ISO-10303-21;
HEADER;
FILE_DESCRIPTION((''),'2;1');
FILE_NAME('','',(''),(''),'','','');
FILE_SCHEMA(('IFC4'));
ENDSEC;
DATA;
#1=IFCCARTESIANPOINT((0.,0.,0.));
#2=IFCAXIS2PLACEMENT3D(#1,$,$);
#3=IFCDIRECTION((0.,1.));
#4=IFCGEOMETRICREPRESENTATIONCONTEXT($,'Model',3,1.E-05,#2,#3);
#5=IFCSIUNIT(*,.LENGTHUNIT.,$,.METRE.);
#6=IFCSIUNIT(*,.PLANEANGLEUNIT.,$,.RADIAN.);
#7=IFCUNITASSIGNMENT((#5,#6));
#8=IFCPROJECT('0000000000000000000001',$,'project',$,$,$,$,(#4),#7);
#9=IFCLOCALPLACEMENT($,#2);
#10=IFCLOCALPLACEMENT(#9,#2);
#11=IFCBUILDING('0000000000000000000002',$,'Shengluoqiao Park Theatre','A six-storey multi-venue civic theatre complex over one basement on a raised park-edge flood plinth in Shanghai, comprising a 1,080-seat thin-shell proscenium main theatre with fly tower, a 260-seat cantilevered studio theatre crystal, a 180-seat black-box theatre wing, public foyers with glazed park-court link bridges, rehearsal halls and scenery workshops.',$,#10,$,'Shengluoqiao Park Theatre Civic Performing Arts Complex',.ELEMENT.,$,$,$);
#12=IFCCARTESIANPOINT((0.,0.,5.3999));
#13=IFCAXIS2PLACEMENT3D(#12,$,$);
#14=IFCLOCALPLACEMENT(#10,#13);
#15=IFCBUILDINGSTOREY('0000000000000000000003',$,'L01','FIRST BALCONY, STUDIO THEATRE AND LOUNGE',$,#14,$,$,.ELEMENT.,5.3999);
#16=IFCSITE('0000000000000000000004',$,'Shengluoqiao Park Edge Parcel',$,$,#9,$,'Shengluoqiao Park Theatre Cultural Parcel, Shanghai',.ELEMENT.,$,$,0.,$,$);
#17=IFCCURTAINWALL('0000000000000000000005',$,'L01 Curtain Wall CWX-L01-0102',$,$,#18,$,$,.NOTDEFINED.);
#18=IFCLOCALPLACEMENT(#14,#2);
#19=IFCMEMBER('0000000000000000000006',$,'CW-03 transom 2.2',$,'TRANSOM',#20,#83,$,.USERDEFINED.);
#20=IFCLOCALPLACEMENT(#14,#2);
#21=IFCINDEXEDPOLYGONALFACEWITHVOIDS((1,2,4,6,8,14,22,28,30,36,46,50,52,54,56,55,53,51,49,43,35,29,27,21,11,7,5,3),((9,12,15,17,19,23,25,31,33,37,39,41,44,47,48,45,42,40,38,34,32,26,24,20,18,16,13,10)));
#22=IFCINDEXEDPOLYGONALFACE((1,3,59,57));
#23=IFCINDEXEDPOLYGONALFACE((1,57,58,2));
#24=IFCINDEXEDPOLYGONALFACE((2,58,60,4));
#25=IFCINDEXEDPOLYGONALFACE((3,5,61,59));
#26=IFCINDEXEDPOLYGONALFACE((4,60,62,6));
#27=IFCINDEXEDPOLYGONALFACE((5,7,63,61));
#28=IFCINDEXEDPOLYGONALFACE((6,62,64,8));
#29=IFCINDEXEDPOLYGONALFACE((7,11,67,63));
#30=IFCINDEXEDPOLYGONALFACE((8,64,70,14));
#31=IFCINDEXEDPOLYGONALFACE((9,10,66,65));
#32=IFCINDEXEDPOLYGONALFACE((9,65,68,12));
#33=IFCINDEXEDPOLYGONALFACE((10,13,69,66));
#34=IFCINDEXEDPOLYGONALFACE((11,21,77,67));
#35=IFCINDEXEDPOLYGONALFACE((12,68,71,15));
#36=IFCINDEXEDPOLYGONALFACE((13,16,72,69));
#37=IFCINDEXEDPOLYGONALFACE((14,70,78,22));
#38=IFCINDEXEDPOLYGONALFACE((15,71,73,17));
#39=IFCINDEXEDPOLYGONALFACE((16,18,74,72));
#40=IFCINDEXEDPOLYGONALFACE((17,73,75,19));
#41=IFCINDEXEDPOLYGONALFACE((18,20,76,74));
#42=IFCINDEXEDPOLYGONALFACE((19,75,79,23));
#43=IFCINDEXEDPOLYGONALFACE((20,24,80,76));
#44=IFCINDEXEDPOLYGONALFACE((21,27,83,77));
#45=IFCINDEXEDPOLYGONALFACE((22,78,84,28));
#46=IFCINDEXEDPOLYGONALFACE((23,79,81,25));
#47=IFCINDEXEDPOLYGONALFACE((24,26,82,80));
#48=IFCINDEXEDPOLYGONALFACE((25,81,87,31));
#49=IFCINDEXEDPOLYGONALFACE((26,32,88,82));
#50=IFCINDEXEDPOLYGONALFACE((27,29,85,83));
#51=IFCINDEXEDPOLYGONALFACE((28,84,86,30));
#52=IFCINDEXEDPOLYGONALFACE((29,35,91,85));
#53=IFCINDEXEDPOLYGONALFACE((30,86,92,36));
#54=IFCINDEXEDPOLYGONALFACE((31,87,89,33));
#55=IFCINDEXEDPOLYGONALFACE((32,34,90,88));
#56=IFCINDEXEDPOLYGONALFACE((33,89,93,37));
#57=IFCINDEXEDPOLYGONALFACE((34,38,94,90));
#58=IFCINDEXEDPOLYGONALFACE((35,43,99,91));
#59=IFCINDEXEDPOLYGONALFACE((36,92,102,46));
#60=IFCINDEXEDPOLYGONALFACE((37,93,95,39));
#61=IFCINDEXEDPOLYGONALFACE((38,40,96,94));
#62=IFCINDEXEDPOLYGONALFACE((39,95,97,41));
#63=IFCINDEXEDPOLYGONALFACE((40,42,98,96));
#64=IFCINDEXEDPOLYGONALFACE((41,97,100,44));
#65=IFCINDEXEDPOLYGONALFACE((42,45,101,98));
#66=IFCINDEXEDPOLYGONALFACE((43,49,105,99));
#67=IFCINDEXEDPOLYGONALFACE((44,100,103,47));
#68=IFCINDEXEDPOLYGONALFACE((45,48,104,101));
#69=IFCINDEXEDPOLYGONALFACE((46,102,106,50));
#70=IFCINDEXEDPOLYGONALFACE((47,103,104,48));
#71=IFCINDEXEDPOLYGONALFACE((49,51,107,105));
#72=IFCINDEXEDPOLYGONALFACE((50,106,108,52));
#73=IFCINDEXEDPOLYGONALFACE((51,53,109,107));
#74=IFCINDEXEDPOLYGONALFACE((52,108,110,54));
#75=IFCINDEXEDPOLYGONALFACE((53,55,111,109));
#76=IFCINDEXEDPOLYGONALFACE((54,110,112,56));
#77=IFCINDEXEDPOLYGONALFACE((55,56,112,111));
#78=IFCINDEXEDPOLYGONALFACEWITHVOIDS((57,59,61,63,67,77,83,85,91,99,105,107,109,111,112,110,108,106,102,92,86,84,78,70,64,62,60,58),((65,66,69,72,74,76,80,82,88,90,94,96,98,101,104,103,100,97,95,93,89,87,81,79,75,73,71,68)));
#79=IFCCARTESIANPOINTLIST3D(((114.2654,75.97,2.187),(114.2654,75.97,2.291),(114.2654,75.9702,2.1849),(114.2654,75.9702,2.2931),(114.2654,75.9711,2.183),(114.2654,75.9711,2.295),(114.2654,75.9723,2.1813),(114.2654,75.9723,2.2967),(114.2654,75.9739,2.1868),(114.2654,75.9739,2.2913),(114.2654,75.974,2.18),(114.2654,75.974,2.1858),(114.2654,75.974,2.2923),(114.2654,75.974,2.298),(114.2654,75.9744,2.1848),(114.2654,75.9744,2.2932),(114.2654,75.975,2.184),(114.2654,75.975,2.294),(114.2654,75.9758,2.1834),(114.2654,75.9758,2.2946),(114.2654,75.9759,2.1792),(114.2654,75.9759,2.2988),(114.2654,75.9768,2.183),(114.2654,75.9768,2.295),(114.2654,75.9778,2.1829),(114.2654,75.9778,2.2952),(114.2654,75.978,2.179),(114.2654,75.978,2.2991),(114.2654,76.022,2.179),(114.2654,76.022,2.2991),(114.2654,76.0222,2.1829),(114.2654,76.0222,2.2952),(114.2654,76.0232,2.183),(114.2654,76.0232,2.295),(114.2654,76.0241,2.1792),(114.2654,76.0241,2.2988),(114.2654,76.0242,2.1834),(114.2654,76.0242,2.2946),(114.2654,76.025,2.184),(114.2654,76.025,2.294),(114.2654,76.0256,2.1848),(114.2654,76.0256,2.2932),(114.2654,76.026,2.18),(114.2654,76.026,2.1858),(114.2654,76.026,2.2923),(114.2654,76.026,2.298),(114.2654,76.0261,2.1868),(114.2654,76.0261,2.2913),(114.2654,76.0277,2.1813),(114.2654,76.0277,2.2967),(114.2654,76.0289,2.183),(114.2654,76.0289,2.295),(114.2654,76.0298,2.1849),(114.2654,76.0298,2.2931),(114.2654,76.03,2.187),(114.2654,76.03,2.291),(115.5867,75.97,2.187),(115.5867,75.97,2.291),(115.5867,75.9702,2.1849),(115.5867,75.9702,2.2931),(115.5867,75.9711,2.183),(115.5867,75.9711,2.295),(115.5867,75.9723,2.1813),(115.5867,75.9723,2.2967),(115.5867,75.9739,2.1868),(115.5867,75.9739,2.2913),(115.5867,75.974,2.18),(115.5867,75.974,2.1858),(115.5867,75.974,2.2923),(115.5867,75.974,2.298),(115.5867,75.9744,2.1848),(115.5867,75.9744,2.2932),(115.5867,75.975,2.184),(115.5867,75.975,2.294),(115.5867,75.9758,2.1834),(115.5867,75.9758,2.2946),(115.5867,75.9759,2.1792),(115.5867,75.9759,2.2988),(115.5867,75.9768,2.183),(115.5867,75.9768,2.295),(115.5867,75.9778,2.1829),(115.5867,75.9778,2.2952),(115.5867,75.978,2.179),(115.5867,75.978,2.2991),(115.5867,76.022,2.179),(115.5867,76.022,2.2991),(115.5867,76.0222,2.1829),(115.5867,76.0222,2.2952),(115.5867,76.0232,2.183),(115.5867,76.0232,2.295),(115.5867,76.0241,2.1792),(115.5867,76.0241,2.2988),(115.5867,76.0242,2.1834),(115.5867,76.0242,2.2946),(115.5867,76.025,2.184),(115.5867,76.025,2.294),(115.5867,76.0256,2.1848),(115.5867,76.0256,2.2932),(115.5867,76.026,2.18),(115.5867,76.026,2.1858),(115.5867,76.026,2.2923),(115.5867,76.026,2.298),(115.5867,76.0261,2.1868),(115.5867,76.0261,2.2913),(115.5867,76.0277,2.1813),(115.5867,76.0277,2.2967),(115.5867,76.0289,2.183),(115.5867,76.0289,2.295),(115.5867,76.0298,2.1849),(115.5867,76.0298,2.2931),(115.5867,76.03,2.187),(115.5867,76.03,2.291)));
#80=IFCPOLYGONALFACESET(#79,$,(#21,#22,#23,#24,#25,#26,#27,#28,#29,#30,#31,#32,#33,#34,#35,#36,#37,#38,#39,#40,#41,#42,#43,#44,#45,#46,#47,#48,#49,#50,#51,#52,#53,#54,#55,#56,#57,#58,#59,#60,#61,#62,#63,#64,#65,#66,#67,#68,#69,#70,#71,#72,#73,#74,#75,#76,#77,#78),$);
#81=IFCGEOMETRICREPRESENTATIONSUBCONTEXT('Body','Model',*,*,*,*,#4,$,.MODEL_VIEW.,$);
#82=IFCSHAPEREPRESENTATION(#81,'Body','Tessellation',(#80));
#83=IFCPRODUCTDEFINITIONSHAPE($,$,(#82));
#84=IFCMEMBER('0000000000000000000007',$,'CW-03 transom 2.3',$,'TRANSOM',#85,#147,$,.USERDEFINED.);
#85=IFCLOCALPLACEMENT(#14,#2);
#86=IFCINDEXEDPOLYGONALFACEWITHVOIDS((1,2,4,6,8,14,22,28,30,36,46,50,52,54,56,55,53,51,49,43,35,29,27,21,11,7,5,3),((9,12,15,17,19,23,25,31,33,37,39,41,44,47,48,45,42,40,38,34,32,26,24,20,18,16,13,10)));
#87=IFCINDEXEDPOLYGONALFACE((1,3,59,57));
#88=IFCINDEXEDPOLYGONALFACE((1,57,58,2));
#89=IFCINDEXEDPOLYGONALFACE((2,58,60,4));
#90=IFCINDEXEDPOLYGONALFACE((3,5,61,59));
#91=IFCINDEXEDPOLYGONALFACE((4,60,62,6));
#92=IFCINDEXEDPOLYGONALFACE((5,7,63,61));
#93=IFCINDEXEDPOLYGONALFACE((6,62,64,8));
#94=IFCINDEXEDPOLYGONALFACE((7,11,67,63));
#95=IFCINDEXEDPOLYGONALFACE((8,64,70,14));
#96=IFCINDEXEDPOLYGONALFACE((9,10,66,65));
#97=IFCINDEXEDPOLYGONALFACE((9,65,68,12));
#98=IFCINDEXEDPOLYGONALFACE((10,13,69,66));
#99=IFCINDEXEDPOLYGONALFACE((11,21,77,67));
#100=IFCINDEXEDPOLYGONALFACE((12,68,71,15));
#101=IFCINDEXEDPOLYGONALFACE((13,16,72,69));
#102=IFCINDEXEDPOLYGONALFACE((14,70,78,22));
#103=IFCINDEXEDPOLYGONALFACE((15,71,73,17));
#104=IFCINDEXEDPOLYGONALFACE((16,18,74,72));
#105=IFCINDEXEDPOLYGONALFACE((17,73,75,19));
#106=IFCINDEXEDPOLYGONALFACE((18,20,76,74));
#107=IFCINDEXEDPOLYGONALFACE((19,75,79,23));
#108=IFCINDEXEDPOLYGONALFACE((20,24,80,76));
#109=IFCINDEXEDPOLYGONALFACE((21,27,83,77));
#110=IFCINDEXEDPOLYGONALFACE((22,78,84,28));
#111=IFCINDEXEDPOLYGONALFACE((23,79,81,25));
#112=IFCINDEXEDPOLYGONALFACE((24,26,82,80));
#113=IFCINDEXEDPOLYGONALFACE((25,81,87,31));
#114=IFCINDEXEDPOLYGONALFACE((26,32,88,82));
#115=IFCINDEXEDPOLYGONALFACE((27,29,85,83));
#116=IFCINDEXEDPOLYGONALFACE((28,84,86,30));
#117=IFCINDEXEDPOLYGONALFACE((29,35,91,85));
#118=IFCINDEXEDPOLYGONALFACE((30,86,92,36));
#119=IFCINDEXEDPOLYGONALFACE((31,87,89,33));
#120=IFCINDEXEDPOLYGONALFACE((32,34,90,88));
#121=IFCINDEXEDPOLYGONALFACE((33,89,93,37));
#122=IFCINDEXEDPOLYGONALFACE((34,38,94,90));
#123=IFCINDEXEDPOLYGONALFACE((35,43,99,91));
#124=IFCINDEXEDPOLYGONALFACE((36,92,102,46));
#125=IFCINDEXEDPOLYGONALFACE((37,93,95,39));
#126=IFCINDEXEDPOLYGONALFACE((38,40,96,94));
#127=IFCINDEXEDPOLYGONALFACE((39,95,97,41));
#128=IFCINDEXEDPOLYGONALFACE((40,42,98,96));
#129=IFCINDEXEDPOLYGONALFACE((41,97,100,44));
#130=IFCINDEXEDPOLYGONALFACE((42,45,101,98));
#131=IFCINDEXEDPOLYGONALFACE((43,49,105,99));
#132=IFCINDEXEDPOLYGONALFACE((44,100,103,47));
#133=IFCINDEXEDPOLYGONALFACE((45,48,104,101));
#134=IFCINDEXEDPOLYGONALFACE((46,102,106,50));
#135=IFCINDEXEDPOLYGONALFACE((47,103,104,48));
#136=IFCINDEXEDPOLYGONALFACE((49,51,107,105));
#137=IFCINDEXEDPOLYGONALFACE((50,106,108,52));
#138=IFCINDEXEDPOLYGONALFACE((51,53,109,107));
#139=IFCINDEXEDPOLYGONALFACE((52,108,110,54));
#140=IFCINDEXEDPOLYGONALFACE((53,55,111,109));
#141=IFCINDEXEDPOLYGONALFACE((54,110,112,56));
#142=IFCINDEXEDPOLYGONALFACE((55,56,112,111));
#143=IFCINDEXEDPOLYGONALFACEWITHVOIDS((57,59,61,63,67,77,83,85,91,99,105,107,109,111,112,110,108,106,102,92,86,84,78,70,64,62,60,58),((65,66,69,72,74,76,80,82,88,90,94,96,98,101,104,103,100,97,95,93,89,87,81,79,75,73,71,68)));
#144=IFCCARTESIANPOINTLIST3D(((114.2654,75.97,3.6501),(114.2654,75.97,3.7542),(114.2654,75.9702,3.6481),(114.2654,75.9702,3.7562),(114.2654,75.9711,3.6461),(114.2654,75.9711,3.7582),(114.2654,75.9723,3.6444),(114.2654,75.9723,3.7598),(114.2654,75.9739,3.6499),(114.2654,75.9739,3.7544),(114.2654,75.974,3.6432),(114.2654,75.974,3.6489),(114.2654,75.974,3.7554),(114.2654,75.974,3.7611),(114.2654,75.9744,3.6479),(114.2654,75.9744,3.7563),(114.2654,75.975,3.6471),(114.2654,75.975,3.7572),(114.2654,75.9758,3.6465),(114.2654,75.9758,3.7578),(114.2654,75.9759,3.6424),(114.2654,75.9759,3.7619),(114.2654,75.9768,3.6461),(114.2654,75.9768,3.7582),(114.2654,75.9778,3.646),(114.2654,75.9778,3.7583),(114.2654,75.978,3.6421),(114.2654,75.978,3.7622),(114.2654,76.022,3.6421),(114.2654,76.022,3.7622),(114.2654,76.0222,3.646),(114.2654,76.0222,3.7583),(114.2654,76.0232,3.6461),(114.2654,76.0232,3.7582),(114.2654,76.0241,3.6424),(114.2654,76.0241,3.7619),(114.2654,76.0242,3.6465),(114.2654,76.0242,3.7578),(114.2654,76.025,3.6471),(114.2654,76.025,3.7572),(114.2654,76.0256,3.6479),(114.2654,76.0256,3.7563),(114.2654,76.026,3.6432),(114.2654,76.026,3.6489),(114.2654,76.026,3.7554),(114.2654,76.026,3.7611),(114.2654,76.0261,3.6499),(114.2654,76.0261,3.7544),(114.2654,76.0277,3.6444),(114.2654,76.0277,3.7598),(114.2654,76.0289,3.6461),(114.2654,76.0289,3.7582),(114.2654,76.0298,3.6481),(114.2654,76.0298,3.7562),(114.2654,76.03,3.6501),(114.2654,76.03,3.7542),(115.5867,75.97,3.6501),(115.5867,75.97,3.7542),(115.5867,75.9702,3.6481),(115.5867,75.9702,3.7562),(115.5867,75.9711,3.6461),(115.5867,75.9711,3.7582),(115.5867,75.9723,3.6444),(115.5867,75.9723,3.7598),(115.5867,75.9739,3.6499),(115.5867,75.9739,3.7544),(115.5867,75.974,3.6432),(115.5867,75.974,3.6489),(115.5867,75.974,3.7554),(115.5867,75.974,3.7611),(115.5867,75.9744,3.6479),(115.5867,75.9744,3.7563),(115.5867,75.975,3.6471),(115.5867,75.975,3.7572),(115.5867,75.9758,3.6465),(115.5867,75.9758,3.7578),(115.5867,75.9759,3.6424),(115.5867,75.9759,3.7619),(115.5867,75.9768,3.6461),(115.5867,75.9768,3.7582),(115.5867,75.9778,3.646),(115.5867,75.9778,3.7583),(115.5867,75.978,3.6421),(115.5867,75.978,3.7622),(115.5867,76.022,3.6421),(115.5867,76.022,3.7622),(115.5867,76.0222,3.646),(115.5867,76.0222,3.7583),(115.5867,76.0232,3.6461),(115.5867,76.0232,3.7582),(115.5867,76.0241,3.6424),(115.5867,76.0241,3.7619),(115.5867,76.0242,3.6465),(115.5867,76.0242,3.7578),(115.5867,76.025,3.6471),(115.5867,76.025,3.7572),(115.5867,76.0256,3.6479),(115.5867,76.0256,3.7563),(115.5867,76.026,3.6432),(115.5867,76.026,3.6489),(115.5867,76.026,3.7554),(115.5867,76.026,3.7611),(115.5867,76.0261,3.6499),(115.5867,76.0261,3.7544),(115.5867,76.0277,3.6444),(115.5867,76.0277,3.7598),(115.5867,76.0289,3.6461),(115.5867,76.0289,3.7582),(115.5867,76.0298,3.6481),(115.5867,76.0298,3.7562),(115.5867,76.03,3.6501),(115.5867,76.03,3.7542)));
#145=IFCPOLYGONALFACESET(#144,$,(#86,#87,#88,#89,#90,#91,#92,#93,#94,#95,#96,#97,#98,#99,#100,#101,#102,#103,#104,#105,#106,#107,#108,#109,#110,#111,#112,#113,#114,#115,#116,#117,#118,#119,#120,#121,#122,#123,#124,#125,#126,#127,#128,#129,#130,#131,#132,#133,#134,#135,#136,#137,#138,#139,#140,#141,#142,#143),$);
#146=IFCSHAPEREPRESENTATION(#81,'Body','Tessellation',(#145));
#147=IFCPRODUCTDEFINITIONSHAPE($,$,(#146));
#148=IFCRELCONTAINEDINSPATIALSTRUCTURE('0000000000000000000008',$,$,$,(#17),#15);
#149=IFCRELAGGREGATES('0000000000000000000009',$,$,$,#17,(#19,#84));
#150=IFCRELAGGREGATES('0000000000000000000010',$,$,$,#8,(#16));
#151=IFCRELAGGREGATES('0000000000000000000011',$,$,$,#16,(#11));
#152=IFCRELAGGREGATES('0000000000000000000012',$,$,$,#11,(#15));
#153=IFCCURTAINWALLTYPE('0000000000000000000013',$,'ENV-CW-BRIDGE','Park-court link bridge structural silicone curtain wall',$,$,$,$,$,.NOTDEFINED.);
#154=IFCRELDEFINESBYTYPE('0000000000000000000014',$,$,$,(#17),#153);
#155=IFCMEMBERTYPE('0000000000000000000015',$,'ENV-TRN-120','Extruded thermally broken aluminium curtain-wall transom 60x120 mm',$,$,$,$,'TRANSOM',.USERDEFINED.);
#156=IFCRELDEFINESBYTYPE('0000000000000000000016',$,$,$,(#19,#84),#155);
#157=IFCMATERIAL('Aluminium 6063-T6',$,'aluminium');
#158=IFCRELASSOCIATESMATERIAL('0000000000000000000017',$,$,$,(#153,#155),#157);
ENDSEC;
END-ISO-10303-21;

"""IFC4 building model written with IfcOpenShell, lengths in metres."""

from ifc_helpers import new_model, si_unit, direction, frame, origin, origin_2d, place, context, subcontext, project, spatial, hollow_rectangle, extrude, material, material_profile, profile_set, type_object, element, aggregate, save


model = new_model("IFC4")

# Units and contexts
model_context = context("Model", 3, precision=1e-05, world=origin(), true_north=direction((0.0, 1.0)))
body_context = subcontext(model_context, "Body", "Model", "MODEL_VIEW")
ifc_project = project(units=[si_unit("LENGTHUNIT", "METRE"), si_unit("PLANEANGLEUNIT", "RADIAN")], contexts=[model_context])

# Site, building, storey
site_placement = place(None, origin())
site = spatial("IfcSite", under=ifc_project, at=site_placement, Name="Shengluoqiao Park Edge Parcel", LongName="Shengluoqiao Park Theatre Cultural Parcel, Shanghai", CompositionType="ELEMENT", RefElevation=0.0)
building_placement = place(site_placement, origin())
building = spatial("IfcBuilding", under=site, at=building_placement, Name="Shengluoqiao Park Theatre", Description="A six-storey multi-venue civic theatre complex over one basement on a raised park-edge flood plinth in Shanghai, comprising a 1,080-seat thin-shell proscenium main theatre with fly tower, a 260-seat cantilevered studio theatre crystal, a 180-seat black-box theatre wing, public foyers with glazed park-court link bridges, rehearsal halls and scenery workshops.", LongName="Shengluoqiao Park Theatre Civic Performing Arts Complex", CompositionType="ELEMENT")
storey_placement = place(building_placement, frame((0.0, 0.0, 5.3999)))
storey = spatial("IfcBuildingStorey", under=building, at=storey_placement, Name="L01", Description="FIRST BALCONY, STUDIO THEATRE AND LOUNGE", CompositionType="ELEMENT", Elevation=5.3999)

# Curtain wall, members
ifc_material_1 = material(Name="Aluminium 6063-T6", Category="aluminium")
curtain_wall_type = type_object("IfcCurtainWallType", Name="ENV-CW-BRIDGE", Description="Park-court link bridge structural silicone curtain wall", PredefinedType="NOTDEFINED", material=ifc_material_1)
curtain_wall_placement = place(storey_placement, origin())
curtain_wall = element("IfcCurtainWall", 1, at=curtain_wall_placement, inside=storey, type_object=curtain_wall_type, Name="L01 Curtain Wall CWX-L01-0102", PredefinedType="NOTDEFINED")
ifc_material_profile_1 = material_profile(ifc_material_1, hollow_rectangle(XDim=0.0601, YDim=0.1201, WallThickness=0.0039, InnerFilletRadius=0.0039, OuterFilletRadius=0.0081, at=origin_2d()), Name="ALU TRANSOM 120x60x4")
ifc_profile_set_1 = profile_set([ifc_material_profile_1], Name="Aluminium 6063-T6")
member_type_1 = type_object("IfcMemberType", Name="ENV-TRN-120", Description="Extruded thermally broken aluminium curtain-wall transom 60x120 mm", ElementType="TRANSOM", PredefinedType="USERDEFINED", material=ifc_profile_set_1)
member_1_placement = place(storey_placement, frame((114.2654, 76.0, 2.239), z_axis=(1.0, 0.0, 0.0), x_axis=(0.0, 1.0, 0.0)))
member_1 = element("IfcMember", 2, at=member_1_placement, type_object=member_type_1, Name="CW-03 transom 2.2", ObjectType="TRANSOM", PredefinedType="USERDEFINED", context=body_context, shape_type="SweptSolid", body=[
    extrude(hollow_rectangle(XDim=0.0601, YDim=0.1201, WallThickness=0.0039, InnerFilletRadius=0.0039, OuterFilletRadius=0.0081, at=origin_2d()), origin(), (0.0, 0.0, 1.0), 1.3213),
])
member_2_placement = place(storey_placement, frame((114.2654, 76.0, 3.7021), z_axis=(1.0, 0.0, 0.0), x_axis=(0.0, 1.0, 0.0)))
member_2 = element("IfcMember", 3, at=member_2_placement, type_object=member_type_1, Name="CW-03 transom 2.3", ObjectType="TRANSOM", PredefinedType="USERDEFINED", context=body_context, shape_type="SweptSolid", body=[
    extrude(hollow_rectangle(XDim=0.0601, YDim=0.1201, WallThickness=0.0039, InnerFilletRadius=0.0039, OuterFilletRadius=0.0081, at=origin_2d()), origin(), (0.0, 0.0, 1.0), 1.3213),
])

aggregate(curtain_wall, [member_1, member_2])

save(model, "model.ifc")
